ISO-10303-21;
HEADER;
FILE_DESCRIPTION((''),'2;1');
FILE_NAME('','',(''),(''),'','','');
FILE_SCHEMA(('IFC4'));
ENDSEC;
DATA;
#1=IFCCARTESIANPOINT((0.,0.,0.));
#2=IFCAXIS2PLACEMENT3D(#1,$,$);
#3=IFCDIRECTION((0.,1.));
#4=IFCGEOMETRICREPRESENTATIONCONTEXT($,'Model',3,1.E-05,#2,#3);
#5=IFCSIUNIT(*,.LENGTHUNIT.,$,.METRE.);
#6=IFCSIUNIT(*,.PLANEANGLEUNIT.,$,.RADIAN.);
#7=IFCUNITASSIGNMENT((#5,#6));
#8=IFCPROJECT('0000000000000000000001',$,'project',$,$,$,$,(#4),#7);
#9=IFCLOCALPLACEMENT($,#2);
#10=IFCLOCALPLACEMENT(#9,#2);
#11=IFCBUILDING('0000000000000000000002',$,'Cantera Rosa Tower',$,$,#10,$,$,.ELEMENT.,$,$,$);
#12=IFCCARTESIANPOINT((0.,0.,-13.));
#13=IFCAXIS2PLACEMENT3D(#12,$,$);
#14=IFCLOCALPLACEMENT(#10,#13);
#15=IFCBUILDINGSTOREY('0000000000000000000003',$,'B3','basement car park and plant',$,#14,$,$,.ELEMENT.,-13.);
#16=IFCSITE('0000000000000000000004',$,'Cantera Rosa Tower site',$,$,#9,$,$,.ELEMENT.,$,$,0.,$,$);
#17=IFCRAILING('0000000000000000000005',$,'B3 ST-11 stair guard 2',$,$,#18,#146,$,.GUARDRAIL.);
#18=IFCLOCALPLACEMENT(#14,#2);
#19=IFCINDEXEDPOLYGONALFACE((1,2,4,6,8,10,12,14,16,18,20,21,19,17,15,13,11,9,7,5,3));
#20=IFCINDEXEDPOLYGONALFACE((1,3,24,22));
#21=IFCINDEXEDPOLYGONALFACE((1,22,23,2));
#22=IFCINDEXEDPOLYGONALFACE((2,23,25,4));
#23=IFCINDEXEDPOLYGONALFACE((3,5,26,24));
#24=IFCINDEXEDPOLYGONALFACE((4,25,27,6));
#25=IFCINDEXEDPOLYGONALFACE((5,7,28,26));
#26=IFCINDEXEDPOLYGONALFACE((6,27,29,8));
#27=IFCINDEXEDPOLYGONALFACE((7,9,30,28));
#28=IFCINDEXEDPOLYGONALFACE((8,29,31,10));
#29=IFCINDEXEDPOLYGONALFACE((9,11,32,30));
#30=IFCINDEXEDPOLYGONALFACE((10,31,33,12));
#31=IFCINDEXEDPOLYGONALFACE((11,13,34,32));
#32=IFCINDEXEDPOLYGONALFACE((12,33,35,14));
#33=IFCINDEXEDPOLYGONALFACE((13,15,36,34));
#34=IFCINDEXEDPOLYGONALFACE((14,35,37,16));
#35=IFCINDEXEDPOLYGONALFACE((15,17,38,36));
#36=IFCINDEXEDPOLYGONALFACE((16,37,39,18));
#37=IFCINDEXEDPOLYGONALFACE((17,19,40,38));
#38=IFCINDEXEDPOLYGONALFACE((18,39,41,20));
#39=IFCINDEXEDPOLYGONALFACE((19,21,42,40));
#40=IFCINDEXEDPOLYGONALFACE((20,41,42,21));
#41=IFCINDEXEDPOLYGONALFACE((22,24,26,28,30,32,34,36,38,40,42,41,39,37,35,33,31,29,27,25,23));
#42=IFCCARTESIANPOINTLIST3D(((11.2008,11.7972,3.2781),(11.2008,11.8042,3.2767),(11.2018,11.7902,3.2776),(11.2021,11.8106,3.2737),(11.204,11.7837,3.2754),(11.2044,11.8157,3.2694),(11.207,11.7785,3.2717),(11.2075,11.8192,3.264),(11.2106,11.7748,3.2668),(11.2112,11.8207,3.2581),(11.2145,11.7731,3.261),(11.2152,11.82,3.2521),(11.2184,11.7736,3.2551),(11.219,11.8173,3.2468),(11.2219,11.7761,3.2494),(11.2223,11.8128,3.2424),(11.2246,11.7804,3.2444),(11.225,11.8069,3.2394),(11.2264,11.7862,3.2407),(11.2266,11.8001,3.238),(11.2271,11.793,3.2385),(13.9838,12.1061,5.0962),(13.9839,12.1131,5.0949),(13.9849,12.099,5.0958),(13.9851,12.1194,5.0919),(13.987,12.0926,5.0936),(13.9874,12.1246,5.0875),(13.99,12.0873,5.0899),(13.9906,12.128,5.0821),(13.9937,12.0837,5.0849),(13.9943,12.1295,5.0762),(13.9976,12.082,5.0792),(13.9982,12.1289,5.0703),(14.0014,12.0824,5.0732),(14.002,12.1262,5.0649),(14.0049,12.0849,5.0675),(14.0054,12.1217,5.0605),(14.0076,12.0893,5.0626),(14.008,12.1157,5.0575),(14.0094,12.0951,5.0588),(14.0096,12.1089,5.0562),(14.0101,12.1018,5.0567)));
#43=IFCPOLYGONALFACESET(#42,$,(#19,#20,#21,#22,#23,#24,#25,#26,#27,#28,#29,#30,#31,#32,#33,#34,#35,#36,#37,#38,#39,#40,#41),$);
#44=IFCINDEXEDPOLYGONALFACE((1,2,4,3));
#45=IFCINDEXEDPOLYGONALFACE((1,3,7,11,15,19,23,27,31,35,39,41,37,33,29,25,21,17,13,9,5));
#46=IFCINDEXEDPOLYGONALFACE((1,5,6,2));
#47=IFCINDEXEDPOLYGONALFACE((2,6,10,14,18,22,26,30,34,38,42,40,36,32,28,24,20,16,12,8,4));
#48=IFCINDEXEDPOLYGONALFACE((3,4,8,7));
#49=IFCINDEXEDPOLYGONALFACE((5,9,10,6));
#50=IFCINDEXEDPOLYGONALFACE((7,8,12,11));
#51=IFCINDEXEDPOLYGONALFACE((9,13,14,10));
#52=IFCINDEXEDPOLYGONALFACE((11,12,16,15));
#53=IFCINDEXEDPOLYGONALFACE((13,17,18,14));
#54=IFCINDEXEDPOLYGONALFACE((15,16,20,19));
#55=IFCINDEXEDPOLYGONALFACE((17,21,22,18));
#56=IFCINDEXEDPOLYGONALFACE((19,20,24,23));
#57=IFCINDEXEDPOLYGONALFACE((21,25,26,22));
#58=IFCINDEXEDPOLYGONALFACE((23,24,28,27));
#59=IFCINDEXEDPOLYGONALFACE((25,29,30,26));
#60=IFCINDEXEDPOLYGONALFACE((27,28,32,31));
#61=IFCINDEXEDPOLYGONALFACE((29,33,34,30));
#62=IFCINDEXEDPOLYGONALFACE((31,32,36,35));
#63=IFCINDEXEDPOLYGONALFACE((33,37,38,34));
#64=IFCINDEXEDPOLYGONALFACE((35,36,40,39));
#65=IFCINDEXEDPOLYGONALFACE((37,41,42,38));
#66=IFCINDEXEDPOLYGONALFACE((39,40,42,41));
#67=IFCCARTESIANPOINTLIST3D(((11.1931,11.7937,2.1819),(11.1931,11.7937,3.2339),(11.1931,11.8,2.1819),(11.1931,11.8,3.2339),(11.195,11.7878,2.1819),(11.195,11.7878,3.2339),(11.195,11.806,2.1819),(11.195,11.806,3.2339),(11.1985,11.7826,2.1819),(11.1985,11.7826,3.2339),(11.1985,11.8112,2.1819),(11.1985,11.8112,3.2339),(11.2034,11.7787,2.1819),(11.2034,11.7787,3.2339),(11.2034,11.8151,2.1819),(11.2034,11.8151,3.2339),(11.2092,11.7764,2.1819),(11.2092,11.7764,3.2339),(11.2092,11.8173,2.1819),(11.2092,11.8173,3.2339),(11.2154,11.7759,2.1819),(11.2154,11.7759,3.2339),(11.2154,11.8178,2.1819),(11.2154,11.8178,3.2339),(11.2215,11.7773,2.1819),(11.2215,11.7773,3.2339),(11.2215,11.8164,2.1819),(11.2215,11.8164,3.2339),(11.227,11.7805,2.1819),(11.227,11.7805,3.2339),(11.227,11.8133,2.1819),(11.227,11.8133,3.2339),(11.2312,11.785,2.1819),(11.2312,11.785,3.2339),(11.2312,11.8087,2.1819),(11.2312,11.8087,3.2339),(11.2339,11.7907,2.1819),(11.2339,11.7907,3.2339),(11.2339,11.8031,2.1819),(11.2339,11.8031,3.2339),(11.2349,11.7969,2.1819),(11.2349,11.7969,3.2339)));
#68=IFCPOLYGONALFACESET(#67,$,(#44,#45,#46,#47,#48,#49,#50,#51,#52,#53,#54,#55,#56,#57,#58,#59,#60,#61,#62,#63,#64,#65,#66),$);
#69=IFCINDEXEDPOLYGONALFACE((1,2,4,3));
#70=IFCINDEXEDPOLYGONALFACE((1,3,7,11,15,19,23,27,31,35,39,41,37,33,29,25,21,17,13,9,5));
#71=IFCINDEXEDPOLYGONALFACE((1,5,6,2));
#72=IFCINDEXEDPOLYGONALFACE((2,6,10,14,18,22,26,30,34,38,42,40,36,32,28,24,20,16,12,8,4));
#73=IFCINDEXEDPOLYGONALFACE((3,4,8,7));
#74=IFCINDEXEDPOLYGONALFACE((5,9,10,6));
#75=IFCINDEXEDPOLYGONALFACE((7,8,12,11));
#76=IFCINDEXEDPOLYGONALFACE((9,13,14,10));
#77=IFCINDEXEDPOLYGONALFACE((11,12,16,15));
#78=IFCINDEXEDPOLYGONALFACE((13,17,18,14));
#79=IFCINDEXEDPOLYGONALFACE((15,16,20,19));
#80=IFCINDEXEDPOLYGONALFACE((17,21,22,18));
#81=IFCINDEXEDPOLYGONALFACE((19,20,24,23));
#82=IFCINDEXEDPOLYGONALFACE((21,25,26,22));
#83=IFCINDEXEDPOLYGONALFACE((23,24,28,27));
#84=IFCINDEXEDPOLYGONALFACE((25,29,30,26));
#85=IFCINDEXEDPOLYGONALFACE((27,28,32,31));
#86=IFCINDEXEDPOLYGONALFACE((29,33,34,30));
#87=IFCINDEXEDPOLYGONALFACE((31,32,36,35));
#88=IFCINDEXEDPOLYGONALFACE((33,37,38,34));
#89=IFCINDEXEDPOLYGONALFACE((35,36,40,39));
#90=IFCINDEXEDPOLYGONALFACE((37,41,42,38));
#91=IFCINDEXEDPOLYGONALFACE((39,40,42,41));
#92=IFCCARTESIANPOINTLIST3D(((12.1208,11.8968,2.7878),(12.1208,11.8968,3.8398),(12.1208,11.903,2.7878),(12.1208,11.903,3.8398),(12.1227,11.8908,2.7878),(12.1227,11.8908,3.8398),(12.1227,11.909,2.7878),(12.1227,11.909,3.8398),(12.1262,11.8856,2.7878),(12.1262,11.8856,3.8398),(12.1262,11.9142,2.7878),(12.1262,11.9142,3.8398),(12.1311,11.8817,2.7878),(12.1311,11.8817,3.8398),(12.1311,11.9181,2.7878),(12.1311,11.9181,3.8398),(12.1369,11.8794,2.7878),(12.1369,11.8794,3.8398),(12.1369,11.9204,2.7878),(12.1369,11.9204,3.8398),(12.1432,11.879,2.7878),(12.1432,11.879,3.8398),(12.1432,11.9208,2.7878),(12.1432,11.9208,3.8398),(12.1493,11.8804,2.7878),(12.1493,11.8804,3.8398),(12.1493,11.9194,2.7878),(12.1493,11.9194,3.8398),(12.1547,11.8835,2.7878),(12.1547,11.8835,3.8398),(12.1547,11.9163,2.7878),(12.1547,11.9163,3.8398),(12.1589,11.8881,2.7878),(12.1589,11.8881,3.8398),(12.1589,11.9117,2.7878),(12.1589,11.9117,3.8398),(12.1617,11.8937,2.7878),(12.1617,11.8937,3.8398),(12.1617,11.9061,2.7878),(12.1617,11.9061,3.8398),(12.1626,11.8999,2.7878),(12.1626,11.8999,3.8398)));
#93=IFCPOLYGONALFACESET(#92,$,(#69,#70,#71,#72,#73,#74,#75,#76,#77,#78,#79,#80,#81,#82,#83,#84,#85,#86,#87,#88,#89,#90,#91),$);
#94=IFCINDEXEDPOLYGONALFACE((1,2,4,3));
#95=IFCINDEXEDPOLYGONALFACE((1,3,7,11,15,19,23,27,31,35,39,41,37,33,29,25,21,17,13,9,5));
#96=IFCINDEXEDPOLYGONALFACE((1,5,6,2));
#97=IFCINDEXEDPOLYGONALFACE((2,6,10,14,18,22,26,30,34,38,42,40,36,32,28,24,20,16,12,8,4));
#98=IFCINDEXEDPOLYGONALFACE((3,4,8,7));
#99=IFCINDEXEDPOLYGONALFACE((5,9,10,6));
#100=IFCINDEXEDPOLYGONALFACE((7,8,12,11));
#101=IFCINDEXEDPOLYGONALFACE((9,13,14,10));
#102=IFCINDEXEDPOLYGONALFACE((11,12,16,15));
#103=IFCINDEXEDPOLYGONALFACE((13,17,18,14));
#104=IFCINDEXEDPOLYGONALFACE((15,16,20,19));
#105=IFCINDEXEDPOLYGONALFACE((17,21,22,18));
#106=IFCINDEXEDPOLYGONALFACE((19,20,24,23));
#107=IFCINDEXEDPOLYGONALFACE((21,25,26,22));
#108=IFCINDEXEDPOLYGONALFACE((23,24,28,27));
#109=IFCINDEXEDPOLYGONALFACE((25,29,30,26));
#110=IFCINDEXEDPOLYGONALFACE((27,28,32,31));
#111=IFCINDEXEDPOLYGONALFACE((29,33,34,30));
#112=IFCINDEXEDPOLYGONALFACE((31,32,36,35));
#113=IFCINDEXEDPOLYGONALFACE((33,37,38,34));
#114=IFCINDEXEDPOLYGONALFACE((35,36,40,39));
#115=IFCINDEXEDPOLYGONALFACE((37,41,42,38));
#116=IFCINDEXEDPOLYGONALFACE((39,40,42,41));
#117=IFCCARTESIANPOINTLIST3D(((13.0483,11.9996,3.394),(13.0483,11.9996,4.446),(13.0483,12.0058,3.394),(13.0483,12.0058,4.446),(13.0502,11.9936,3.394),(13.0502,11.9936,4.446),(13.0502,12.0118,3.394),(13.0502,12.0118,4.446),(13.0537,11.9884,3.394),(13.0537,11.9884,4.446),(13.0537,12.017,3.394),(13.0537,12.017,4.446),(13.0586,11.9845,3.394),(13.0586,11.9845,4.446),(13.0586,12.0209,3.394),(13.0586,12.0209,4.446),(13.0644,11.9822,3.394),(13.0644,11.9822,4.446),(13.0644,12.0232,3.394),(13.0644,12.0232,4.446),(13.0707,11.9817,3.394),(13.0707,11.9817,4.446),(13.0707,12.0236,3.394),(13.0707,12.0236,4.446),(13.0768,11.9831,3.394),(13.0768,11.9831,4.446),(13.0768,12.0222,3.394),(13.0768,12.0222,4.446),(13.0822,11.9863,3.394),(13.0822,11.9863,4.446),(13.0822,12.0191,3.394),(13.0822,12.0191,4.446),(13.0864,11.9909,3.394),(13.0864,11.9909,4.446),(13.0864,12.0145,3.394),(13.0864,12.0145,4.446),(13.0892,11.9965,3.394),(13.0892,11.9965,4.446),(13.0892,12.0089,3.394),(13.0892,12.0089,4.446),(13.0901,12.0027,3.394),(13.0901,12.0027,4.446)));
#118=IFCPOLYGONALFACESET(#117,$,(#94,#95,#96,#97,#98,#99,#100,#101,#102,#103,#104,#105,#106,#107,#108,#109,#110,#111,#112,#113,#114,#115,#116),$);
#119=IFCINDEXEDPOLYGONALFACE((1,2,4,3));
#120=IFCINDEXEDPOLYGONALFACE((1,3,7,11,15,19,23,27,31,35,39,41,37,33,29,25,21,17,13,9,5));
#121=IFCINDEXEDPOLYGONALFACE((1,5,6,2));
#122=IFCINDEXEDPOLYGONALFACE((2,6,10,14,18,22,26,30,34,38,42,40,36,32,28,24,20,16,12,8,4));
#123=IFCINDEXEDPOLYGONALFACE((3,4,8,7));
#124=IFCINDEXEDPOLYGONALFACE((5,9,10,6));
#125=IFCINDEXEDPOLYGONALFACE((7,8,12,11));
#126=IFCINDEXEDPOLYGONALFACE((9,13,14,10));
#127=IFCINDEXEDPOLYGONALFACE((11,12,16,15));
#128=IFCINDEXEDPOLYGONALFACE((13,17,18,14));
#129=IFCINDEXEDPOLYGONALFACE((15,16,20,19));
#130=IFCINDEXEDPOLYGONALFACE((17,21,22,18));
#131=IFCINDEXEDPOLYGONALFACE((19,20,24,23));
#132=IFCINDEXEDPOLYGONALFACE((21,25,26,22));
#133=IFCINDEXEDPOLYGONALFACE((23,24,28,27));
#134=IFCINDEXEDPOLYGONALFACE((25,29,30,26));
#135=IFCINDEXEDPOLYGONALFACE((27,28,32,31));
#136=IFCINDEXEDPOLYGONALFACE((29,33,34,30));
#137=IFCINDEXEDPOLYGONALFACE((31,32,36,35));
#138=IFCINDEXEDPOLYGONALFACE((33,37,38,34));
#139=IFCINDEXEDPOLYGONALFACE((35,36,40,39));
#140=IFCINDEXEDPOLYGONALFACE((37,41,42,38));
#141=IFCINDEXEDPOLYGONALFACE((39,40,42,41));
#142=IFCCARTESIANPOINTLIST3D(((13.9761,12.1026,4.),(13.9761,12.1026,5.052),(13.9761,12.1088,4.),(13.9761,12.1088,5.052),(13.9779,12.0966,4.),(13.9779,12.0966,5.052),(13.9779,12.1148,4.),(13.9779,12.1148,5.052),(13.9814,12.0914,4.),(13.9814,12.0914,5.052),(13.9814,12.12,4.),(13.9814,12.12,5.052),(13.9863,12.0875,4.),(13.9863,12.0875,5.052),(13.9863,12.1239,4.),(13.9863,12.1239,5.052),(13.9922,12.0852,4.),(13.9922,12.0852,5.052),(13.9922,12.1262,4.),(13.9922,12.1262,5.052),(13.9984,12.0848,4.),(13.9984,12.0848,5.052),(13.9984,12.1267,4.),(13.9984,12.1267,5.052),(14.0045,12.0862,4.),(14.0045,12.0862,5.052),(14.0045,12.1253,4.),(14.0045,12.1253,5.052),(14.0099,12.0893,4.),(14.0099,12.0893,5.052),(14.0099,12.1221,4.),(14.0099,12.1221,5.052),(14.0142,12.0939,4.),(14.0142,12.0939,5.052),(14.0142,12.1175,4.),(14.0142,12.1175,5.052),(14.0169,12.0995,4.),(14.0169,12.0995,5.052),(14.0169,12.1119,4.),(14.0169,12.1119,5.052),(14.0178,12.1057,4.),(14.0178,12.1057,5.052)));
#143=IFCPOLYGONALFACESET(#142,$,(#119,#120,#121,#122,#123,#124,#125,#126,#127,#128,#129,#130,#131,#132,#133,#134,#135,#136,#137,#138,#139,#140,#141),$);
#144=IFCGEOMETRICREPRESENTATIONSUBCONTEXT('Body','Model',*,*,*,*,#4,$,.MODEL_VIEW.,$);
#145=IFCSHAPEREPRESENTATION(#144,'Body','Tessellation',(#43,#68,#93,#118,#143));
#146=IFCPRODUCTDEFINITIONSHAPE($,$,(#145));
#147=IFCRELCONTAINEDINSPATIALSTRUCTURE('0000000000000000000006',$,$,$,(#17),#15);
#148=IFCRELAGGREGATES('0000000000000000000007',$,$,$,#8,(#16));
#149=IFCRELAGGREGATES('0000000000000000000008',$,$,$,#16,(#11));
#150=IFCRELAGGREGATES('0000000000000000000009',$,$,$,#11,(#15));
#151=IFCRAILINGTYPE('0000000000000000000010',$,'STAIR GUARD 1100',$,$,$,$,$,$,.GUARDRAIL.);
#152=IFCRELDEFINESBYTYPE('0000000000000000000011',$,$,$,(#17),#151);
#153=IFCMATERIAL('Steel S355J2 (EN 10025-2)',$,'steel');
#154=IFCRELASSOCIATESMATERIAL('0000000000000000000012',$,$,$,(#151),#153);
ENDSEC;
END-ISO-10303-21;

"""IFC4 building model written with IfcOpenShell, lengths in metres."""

from ifc_helpers import new_model, si_unit, direction, frame, origin, origin_2d, place, context, subcontext, project, spatial, circle, extrude, material, type_object, element, save


model = new_model("IFC4")

# Units and contexts
model_context = context("Model", 3, precision=1e-05, world=origin(), true_north=direction((0.0, 1.0)))
body_context = subcontext(model_context, "Body", "Model", "MODEL_VIEW")
ifc_project = project(units=[si_unit("LENGTHUNIT", "METRE"), si_unit("PLANEANGLEUNIT", "RADIAN")], contexts=[model_context])

# Site, building, storey
site_placement = place(None, origin())
site = spatial("IfcSite", under=ifc_project, at=site_placement, Name="Cantera Rosa Tower site", CompositionType="ELEMENT", RefElevation=0.0)
building_placement = place(site_placement, origin())
building = spatial("IfcBuilding", under=site, at=building_placement, Name="Cantera Rosa Tower", CompositionType="ELEMENT")
storey_placement = place(building_placement, frame((0.0, 0.0, -13.0)))
storey = spatial("IfcBuildingStorey", under=building, at=storey_placement, Name="B3", Description="basement car park and plant", CompositionType="ELEMENT", Elevation=-13.0)

# Railing
ifc_material_1 = material(Name="Steel S355J2 (EN 10025-2)", Category="steel")
railing_type_1 = type_object("IfcRailingType", Name="STAIR GUARD 1100", PredefinedType="GUARDRAIL", material=ifc_material_1)
railing_1_placement = place(storey_placement, frame((11.2139, 11.7969, 2.1819)))
element("IfcRailing", 1, at=railing_1_placement, inside=storey, type_object=railing_type_1, Name="B3 ST-11 stair guard 2", PredefinedType="GUARDRAIL", context=body_context, shape_type="SweptSolid", body=[
    extrude(circle(Radius=0.0239, at=origin_2d()), frame((0.0, 0.0, 1.0762), z_axis=(0.833588, 0.092507, 0.544586), x_axis=(-0.110298, 0.993899, 0.0)), (0.0, 0.0, 1.0), 3.3386),
    extrude(circle(Radius=0.021, at=origin_2d()), origin(), (0.0, 0.0, 1.0), 1.052),
    extrude(circle(Radius=0.021, at=origin_2d()), frame((0.9277, 0.103, 0.606)), (0.0, 0.0, 1.0), 1.052),
    extrude(circle(Radius=0.021, at=origin_2d()), frame((1.8552, 0.2058, 1.2122)), (0.0, 0.0, 1.0), 1.052),
    extrude(circle(Radius=0.021, at=origin_2d()), frame((2.783, 0.3088, 1.8181)), (0.0, 0.0, 1.0), 1.052),
])

save(model, "model.ifc")
